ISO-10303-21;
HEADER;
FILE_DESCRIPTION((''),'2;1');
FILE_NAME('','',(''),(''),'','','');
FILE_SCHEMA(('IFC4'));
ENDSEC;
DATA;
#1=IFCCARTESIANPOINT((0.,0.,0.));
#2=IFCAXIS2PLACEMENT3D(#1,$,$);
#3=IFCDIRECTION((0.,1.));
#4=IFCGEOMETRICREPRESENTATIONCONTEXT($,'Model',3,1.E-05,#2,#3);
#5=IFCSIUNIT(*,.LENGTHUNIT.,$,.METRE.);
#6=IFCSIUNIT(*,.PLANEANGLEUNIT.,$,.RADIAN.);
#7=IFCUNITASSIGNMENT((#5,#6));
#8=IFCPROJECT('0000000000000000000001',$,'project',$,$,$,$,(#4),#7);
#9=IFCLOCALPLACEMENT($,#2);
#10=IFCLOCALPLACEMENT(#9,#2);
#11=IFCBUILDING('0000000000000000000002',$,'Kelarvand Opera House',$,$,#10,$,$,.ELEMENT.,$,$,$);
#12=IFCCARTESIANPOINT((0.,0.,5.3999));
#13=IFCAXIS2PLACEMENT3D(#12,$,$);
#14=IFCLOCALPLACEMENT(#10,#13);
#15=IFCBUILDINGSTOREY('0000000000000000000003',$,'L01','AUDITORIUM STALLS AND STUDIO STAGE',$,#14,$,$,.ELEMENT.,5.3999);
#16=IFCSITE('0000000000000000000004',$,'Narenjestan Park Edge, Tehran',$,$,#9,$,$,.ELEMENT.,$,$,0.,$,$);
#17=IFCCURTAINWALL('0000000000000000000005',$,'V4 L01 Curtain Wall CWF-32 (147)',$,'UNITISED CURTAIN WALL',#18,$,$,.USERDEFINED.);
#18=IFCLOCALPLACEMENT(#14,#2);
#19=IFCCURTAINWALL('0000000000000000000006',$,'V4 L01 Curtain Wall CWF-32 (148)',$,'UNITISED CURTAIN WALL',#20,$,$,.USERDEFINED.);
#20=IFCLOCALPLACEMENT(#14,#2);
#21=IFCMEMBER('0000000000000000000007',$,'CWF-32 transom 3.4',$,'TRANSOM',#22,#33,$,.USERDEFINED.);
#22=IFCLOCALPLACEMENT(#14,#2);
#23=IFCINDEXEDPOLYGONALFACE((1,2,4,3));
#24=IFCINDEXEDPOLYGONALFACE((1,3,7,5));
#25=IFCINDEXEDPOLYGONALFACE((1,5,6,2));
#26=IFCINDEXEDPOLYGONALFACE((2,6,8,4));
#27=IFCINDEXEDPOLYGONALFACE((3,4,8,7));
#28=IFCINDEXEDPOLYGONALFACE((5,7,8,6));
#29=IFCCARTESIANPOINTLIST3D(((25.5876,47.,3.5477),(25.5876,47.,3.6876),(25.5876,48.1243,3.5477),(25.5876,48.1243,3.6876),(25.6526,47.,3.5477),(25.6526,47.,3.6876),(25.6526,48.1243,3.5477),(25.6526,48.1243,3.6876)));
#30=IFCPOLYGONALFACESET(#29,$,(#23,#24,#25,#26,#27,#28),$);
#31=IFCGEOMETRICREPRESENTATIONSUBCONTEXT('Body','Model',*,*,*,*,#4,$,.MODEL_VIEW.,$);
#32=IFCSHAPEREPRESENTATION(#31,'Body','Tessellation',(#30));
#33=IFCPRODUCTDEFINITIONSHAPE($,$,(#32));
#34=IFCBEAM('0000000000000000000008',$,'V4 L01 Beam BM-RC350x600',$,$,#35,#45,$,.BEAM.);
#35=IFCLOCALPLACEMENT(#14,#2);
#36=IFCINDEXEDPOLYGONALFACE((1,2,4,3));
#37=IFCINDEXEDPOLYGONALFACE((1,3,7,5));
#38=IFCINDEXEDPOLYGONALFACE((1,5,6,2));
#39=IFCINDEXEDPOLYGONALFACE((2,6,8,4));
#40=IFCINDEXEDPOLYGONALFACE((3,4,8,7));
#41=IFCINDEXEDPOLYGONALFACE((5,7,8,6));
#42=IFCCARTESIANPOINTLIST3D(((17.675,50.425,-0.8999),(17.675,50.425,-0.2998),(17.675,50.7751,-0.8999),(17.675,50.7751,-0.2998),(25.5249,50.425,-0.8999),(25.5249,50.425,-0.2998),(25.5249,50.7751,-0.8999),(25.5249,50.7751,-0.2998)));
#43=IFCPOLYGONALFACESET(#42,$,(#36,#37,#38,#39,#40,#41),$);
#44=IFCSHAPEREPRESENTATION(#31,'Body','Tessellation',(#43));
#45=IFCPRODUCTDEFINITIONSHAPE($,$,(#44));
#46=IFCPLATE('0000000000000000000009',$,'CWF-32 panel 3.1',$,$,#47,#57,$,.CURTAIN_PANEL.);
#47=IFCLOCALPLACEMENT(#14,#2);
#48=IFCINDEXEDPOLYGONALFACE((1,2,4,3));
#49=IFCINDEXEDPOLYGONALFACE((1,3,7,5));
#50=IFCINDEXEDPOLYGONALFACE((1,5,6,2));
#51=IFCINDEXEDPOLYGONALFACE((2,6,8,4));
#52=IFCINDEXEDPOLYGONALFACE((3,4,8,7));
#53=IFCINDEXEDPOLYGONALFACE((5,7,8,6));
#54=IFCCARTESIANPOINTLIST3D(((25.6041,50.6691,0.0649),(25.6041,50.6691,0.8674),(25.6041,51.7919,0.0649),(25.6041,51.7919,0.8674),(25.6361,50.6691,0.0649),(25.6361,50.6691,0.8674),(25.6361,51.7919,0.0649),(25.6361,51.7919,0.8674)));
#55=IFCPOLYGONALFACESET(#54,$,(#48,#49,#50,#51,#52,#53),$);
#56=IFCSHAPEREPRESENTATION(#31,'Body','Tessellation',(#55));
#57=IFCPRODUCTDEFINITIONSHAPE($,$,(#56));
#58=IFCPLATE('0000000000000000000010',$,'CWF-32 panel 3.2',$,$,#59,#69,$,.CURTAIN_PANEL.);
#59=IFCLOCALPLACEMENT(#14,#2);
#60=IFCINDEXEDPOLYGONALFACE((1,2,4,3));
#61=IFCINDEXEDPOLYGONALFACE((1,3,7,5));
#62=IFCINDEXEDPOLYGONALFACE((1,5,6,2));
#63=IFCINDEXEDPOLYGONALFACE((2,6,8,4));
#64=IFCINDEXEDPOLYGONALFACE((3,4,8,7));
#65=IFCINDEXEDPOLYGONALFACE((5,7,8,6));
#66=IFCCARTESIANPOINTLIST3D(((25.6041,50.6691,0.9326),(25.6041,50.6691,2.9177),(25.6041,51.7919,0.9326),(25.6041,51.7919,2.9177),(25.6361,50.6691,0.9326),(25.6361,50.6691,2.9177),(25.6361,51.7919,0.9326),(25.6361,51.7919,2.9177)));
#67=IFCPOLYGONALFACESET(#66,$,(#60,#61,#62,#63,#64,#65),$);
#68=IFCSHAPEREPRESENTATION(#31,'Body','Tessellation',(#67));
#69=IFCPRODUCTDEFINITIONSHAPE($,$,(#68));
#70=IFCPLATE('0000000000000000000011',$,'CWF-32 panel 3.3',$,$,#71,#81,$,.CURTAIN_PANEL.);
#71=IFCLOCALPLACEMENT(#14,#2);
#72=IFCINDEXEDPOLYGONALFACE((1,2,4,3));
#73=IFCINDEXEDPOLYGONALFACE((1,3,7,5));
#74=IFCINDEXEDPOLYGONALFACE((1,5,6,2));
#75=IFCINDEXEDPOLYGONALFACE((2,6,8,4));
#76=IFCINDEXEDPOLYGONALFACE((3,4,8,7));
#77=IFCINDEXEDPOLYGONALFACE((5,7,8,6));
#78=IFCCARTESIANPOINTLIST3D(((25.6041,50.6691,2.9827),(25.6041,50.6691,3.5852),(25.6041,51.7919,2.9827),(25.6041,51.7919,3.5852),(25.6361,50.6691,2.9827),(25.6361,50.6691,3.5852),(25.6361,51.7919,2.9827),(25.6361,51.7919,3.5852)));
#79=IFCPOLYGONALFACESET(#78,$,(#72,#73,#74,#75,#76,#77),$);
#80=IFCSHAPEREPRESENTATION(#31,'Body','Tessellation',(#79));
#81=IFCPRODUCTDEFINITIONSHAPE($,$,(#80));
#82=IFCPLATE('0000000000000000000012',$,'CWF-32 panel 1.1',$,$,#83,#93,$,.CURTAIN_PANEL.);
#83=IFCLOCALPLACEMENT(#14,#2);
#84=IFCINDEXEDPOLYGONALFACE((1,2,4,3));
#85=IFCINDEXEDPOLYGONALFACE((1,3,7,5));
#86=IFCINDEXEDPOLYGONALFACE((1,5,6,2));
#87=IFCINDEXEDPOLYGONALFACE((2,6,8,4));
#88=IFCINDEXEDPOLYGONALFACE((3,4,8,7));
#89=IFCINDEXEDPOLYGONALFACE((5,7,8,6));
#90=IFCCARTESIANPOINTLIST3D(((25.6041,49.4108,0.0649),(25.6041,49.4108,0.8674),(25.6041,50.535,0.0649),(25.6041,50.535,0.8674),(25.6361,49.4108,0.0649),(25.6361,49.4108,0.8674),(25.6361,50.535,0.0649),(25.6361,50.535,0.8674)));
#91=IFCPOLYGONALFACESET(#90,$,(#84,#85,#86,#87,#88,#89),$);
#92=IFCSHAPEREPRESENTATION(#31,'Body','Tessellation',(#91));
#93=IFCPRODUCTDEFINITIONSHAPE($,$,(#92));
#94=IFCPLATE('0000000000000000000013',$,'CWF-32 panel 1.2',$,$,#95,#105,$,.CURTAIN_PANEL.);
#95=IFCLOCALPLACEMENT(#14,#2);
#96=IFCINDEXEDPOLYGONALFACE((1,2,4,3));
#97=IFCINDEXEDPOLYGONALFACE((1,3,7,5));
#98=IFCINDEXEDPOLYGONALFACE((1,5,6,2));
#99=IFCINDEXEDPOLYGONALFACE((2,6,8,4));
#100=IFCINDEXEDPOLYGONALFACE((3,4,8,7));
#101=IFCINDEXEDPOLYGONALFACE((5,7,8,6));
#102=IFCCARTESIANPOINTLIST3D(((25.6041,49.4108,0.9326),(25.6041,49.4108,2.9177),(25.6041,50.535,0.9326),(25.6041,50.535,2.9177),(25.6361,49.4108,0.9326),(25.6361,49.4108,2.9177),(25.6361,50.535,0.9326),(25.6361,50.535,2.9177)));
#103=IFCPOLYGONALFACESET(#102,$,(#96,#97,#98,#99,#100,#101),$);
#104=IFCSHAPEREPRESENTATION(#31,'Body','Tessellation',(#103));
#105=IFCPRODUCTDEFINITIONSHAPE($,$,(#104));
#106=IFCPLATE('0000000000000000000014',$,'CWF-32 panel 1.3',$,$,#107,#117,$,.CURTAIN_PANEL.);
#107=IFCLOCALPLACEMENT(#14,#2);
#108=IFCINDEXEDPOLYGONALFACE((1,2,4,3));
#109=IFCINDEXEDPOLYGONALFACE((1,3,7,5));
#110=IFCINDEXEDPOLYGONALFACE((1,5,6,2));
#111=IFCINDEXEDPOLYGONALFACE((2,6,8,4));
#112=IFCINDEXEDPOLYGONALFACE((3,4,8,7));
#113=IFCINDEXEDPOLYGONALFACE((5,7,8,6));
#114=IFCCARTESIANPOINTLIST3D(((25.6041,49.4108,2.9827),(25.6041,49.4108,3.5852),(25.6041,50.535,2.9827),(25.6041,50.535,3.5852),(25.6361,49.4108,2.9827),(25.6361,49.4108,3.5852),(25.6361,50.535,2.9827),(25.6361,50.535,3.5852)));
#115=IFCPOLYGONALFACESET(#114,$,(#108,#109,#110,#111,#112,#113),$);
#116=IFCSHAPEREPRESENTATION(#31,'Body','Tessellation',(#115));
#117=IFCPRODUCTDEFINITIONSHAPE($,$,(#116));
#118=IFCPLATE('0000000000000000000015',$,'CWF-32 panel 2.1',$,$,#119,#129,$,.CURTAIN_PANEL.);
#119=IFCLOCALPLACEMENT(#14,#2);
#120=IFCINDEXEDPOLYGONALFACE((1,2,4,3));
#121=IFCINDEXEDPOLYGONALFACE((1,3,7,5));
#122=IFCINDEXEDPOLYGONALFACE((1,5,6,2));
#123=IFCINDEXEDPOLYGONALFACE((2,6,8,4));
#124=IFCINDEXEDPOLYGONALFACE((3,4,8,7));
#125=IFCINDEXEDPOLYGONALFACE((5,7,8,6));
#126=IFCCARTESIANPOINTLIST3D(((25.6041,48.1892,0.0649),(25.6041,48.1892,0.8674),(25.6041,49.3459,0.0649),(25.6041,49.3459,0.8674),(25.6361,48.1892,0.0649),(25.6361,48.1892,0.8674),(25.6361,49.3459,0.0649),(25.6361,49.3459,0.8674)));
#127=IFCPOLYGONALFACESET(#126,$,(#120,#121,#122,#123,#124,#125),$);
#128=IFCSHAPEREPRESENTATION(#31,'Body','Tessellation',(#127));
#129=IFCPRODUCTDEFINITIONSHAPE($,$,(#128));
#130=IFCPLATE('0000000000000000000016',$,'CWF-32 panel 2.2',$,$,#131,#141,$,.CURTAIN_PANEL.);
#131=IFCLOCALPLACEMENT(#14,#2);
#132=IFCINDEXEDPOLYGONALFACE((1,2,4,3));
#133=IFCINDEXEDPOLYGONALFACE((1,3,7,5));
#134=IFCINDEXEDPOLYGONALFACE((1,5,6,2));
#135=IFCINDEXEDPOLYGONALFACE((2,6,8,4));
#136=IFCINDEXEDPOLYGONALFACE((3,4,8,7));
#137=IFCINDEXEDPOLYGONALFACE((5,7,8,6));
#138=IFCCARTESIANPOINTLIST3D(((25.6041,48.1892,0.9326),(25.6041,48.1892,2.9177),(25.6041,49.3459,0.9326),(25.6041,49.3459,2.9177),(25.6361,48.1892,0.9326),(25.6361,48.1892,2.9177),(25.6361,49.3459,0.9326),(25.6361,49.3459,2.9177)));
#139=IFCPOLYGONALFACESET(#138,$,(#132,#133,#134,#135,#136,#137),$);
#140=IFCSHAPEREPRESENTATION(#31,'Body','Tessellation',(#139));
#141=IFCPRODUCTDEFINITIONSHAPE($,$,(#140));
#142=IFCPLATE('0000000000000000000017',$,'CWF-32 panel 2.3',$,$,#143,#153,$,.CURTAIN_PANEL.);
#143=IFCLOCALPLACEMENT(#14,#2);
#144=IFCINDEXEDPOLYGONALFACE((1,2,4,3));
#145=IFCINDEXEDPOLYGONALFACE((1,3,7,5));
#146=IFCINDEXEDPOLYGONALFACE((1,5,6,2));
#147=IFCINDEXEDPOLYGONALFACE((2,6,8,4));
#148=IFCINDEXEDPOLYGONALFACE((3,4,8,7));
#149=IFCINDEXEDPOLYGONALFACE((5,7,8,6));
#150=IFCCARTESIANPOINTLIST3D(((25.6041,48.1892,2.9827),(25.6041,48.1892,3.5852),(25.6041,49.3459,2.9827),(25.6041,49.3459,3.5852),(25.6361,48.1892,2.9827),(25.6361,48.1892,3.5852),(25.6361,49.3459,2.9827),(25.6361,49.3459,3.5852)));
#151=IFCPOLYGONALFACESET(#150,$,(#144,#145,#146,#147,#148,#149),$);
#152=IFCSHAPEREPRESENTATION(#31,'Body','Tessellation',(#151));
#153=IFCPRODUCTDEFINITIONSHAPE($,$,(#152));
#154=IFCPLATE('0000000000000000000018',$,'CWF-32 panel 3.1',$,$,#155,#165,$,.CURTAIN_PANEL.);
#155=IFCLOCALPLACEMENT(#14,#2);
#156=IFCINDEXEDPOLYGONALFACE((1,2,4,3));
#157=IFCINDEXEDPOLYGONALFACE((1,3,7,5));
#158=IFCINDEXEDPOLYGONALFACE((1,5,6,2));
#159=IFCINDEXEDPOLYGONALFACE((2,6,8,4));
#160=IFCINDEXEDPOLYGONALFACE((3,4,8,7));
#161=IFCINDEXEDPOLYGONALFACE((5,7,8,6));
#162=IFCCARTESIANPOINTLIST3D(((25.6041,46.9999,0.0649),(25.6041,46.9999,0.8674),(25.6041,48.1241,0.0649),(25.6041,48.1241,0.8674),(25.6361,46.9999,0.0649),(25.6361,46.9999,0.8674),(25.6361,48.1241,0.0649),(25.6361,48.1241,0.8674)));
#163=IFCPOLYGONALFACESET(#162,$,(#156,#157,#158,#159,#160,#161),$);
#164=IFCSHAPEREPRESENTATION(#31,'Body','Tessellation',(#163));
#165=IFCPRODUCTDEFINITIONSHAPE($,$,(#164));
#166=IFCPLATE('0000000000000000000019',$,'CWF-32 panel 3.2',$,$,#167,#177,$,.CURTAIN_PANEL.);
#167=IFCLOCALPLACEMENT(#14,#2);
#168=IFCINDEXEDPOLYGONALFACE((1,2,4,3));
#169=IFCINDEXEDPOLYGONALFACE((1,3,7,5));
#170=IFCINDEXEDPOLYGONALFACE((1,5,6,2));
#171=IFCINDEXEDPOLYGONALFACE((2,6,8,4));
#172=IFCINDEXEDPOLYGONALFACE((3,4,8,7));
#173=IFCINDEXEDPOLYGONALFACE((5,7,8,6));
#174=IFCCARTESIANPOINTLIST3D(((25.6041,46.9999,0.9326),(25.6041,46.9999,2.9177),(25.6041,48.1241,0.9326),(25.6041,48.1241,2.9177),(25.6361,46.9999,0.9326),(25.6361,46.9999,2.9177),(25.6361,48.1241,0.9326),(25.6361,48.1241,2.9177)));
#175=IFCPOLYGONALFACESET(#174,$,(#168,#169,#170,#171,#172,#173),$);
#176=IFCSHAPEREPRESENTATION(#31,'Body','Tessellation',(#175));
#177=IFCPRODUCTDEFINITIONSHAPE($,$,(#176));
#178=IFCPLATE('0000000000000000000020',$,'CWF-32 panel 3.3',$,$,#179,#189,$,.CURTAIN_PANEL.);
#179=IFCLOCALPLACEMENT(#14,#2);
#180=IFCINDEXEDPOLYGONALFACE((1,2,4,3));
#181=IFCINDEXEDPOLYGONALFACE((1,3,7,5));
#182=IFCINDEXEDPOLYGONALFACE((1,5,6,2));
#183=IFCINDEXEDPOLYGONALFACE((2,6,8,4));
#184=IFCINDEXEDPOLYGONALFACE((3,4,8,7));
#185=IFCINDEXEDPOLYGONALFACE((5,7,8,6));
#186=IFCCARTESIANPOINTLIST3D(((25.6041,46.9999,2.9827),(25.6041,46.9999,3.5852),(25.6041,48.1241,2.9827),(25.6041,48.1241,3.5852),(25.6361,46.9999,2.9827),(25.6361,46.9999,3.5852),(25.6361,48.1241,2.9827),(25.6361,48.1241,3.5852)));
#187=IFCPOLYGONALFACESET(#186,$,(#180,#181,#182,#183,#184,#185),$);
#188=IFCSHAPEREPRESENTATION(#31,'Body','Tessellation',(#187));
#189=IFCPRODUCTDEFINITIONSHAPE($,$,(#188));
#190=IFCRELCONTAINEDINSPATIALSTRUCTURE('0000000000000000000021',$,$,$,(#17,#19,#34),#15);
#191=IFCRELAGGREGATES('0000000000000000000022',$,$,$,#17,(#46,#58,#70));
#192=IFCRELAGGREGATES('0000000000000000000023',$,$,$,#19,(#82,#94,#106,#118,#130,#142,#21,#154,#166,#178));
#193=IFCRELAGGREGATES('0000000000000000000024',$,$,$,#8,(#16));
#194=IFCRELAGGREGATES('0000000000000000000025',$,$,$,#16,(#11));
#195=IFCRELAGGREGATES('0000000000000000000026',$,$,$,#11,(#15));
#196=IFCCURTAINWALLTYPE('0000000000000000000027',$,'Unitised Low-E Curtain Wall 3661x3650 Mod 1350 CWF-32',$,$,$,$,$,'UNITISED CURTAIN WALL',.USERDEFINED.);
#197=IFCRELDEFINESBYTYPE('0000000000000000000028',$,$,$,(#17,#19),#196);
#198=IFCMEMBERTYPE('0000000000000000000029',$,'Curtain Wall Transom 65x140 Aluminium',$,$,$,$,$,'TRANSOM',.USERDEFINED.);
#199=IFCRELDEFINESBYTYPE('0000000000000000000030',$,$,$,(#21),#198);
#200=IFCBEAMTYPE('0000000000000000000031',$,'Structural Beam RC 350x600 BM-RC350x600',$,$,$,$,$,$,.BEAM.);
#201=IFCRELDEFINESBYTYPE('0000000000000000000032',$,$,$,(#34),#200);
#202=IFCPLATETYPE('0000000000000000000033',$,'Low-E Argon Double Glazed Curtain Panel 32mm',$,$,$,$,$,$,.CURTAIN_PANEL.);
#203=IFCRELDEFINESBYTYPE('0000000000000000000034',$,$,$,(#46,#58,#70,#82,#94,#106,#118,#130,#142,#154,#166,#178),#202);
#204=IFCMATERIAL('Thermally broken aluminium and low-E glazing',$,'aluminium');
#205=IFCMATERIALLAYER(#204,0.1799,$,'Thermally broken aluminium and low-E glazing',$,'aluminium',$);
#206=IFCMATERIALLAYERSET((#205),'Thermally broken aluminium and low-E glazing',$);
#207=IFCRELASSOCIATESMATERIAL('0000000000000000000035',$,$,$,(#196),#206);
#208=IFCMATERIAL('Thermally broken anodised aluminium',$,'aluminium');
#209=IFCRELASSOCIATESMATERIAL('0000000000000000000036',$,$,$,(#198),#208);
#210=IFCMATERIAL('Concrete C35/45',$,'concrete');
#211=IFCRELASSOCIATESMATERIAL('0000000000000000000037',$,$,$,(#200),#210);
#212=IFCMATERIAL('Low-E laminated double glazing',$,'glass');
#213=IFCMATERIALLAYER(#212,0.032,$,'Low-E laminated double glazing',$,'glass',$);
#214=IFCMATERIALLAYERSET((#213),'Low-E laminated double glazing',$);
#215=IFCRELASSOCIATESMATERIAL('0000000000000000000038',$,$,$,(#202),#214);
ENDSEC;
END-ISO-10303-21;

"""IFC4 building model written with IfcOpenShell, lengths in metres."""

from ifc_helpers import new_model, si_unit, direction, frame, origin, origin_2d, place, context, subcontext, project, spatial, rectangle, extrude, material, layer, layer_set, material_profile, profile_set, type_object, element, aggregate, save


model = new_model("IFC4")

# Units and contexts
model_context = context("Model", 3, precision=1e-05, world=origin(), true_north=direction((0.0, 1.0)))
body_context = subcontext(model_context, "Body", "Model", "MODEL_VIEW")
ifc_project = project(units=[si_unit("LENGTHUNIT", "METRE"), si_unit("PLANEANGLEUNIT", "RADIAN")], contexts=[model_context])

# Site, building, storey
site_placement = place(None, origin())
site = spatial("IfcSite", under=ifc_project, at=site_placement, Name="Narenjestan Park Edge, Tehran", CompositionType="ELEMENT", RefElevation=0.0)
building_placement = place(site_placement, origin())
building = spatial("IfcBuilding", under=site, at=building_placement, Name="Kelarvand Opera House", CompositionType="ELEMENT")
storey_placement = place(building_placement, frame((0.0, 0.0, 5.3999)))
storey = spatial("IfcBuildingStorey", under=building, at=storey_placement, Name="L01", Description="AUDITORIUM STALLS AND STUDIO STAGE", CompositionType="ELEMENT", Elevation=5.3999)

# Curtain wall
ifc_material_1 = material(Name="Thermally broken aluminium and low-E glazing", Category="aluminium")
ifc_layer_1 = layer(ifc_material_1, 0.1799, Name="Thermally broken aluminium and low-E glazing", Category="aluminium")
ifc_layer_set_1 = layer_set([ifc_layer_1], Name="Thermally broken aluminium and low-E glazing")
curtain_wall_type = type_object("IfcCurtainWallType", Name="Unitised Low-E Curtain Wall 3661x3650 Mod 1350 CWF-32", ElementType="UNITISED CURTAIN WALL", PredefinedType="USERDEFINED", material=ifc_layer_set_1)
curtain_wall_1_placement = place(storey_placement, origin())
curtain_wall_1 = element("IfcCurtainWall", 1, at=curtain_wall_1_placement, inside=storey, type_object=curtain_wall_type, Name="V4 L01 Curtain Wall CWF-32 (147)", ObjectType="UNITISED CURTAIN WALL", PredefinedType="USERDEFINED")
ifc_material_2 = material(Name="Thermally broken anodised aluminium", Category="aluminium")

# Curtain wall, member
curtain_wall_2_placement = place(storey_placement, origin())
curtain_wall_2 = element("IfcCurtainWall", 2, at=curtain_wall_2_placement, inside=storey, type_object=curtain_wall_type, Name="V4 L01 Curtain Wall CWF-32 (148)", ObjectType="UNITISED CURTAIN WALL", PredefinedType="USERDEFINED")
ifc_material_profile_1 = material_profile(ifc_material_2, rectangle(XDim=0.0649, YDim=0.1399, at=origin_2d()), Name="ALU TRANSOM 65x140", Category="aluminium")
ifc_profile_set_1 = profile_set([ifc_material_profile_1], Name="Thermally broken anodised aluminium")
member_type_1 = type_object("IfcMemberType", Name="Curtain Wall Transom 65x140 Aluminium", ElementType="TRANSOM", PredefinedType="USERDEFINED", material=ifc_profile_set_1)
member_1_placement = place(storey_placement, frame((25.6201, 48.1243, 3.6177), z_axis=(0.0, -1.0, 0.0), x_axis=(1.0, 0.0, 0.0)))
member_1 = element("IfcMember", 3, at=member_1_placement, type_object=member_type_1, Name="CWF-32 transom 3.4", ObjectType="TRANSOM", PredefinedType="USERDEFINED", context=body_context, shape_type="SweptSolid", body=[
    extrude(rectangle(XDim=0.0649, YDim=0.1399, at=origin_2d()), origin(), (0.0, 0.0, 1.0), 1.1243),
])

# Beam
ifc_material_3 = material(Name="Concrete C35/45", Category="concrete")
ifc_material_profile_2 = material_profile(ifc_material_3, rectangle(XDim=0.3501, YDim=0.6001, at=origin_2d()), Name="RC 350x600", Category="concrete")
ifc_profile_set_2 = profile_set([ifc_material_profile_2], Name="Concrete C35/45")
beam_type = type_object("IfcBeamType", Name="Structural Beam RC 350x600 BM-RC350x600", PredefinedType="BEAM", material=ifc_profile_set_2)
beam_placement = place(storey_placement, frame((17.675, 50.6001, -0.5999), z_axis=(1.0, 0.0, 0.0), x_axis=(0.0, 1.0, 0.0)))
element("IfcBeam", 4, at=beam_placement, inside=storey, type_object=beam_type, Name="V4 L01 Beam BM-RC350x600", PredefinedType="BEAM", context=body_context, shape_type="SweptSolid", body=[
    extrude(rectangle(XDim=0.3501, YDim=0.6001, at=origin_2d()), origin(), (0.0, 0.0, 1.0), 7.8499),
])

# Plates
ifc_material_4 = material(Name="Low-E laminated double glazing", Category="glass")
ifc_layer_2 = layer(ifc_material_4, 0.032, Name="Low-E laminated double glazing", Category="glass")
ifc_layer_set_2 = layer_set([ifc_layer_2], Name="Low-E laminated double glazing")
plate_type = type_object("IfcPlateType", Name="Low-E Argon Double Glazed Curtain Panel 32mm", PredefinedType="CURTAIN_PANEL", material=ifc_layer_set_2)
plate_1_placement = place(storey_placement, frame((25.6201, 51.2305, 0.0649), z_axis=(0.0, 0.0, 1.0), x_axis=(0.0, -1.0, 0.0)))
plate_1 = element("IfcPlate", 5, at=plate_1_placement, type_object=plate_type, Name="CWF-32 panel 3.1", PredefinedType="CURTAIN_PANEL", context=body_context, shape_type="SweptSolid", body=[
    extrude(rectangle(XDim=1.1228, YDim=0.032, at=origin_2d()), origin(), (0.0, 0.0, 1.0), 0.8025),
])
plate_2_placement = place(storey_placement, frame((25.6201, 51.2305, 0.9326), z_axis=(0.0, 0.0, 1.0), x_axis=(0.0, -1.0, 0.0)))
plate_2 = element("IfcPlate", 6, at=plate_2_placement, type_object=plate_type, Name="CWF-32 panel 3.2", PredefinedType="CURTAIN_PANEL", context=body_context, shape_type="SweptSolid", body=[
    extrude(rectangle(XDim=1.1228, YDim=0.032, at=origin_2d()), origin(), (0.0, 0.0, 1.0), 1.9851),
])
plate_3_placement = place(storey_placement, frame((25.6201, 51.2305, 2.9827), z_axis=(0.0, 0.0, 1.0), x_axis=(0.0, -1.0, 0.0)))
plate_3 = element("IfcPlate", 7, at=plate_3_placement, type_object=plate_type, Name="CWF-32 panel 3.3", PredefinedType="CURTAIN_PANEL", context=body_context, shape_type="SweptSolid", body=[
    extrude(rectangle(XDim=1.1228, YDim=0.032, at=origin_2d()), origin(), (0.0, 0.0, 1.0), 0.6025),
])
aggregate(curtain_wall_1, [plate_1, plate_2, plate_3])
plate_4_placement = place(storey_placement, frame((25.6201, 49.9729, 0.0649), z_axis=(0.0, 0.0, 1.0), x_axis=(0.0, -1.0, 0.0)))
plate_4 = element("IfcPlate", 8, at=plate_4_placement, type_object=plate_type, Name="CWF-32 panel 1.1", PredefinedType="CURTAIN_PANEL", context=body_context, shape_type="SweptSolid", body=[
    extrude(rectangle(XDim=1.1243, YDim=0.032, at=origin_2d()), origin(), (0.0, 0.0, 1.0), 0.8025),
])
plate_5_placement = place(storey_placement, frame((25.6201, 49.9729, 0.9326), z_axis=(0.0, 0.0, 1.0), x_axis=(0.0, -1.0, 0.0)))
plate_5 = element("IfcPlate", 9, at=plate_5_placement, type_object=plate_type, Name="CWF-32 panel 1.2", PredefinedType="CURTAIN_PANEL", context=body_context, shape_type="SweptSolid", body=[
    extrude(rectangle(XDim=1.1243, YDim=0.032, at=origin_2d()), origin(), (0.0, 0.0, 1.0), 1.9851),
])
plate_6_placement = place(storey_placement, frame((25.6201, 49.9729, 2.9827), z_axis=(0.0, 0.0, 1.0), x_axis=(0.0, -1.0, 0.0)))
plate_6 = element("IfcPlate", 10, at=plate_6_placement, type_object=plate_type, Name="CWF-32 panel 1.3", PredefinedType="CURTAIN_PANEL", context=body_context, shape_type="SweptSolid", body=[
    extrude(rectangle(XDim=1.1243, YDim=0.032, at=origin_2d()), origin(), (0.0, 0.0, 1.0), 0.6025),
])
plate_7_placement = place(storey_placement, frame((25.6201, 48.7676, 0.0649), z_axis=(0.0, 0.0, 1.0), x_axis=(0.0, -1.0, 0.0)))
plate_7 = element("IfcPlate", 11, at=plate_7_placement, type_object=plate_type, Name="CWF-32 panel 2.1", PredefinedType="CURTAIN_PANEL", context=body_context, shape_type="SweptSolid", body=[
    extrude(rectangle(XDim=1.1567, YDim=0.032, at=origin_2d()), origin(), (0.0, 0.0, 1.0), 0.8025),
])
plate_8_placement = place(storey_placement, frame((25.6201, 48.7676, 0.9326), z_axis=(0.0, 0.0, 1.0), x_axis=(0.0, -1.0, 0.0)))
plate_8 = element("IfcPlate", 12, at=plate_8_placement, type_object=plate_type, Name="CWF-32 panel 2.2", PredefinedType="CURTAIN_PANEL", context=body_context, shape_type="SweptSolid", body=[
    extrude(rectangle(XDim=1.1567, YDim=0.032, at=origin_2d()), origin(), (0.0, 0.0, 1.0), 1.9851),
])
plate_9_placement = place(storey_placement, frame((25.6201, 48.7676, 2.9827), z_axis=(0.0, 0.0, 1.0), x_axis=(0.0, -1.0, 0.0)))
plate_9 = element("IfcPlate", 13, at=plate_9_placement, type_object=plate_type, Name="CWF-32 panel 2.3", PredefinedType="CURTAIN_PANEL", context=body_context, shape_type="SweptSolid", body=[
    extrude(rectangle(XDim=1.1567, YDim=0.032, at=origin_2d()), origin(), (0.0, 0.0, 1.0), 0.6025),
])
plate_10_placement = place(storey_placement, frame((25.6201, 47.562, 0.0649), z_axis=(0.0, 0.0, 1.0), x_axis=(0.0, -1.0, 0.0)))
plate_10 = element("IfcPlate", 14, at=plate_10_placement, type_object=plate_type, Name="CWF-32 panel 3.1", PredefinedType="CURTAIN_PANEL", context=body_context, shape_type="SweptSolid", body=[
    extrude(rectangle(XDim=1.1243, YDim=0.032, at=origin_2d()), origin(), (0.0, 0.0, 1.0), 0.8025),
])
plate_11_placement = place(storey_placement, frame((25.6201, 47.562, 0.9326), z_axis=(0.0, 0.0, 1.0), x_axis=(0.0, -1.0, 0.0)))
plate_11 = element("IfcPlate", 15, at=plate_11_placement, type_object=plate_type, Name="CWF-32 panel 3.2", PredefinedType="CURTAIN_PANEL", context=body_context, shape_type="SweptSolid", body=[
    extrude(rectangle(XDim=1.1243, YDim=0.032, at=origin_2d()), origin(), (0.0, 0.0, 1.0), 1.9851),
])
plate_12_placement = place(storey_placement, frame((25.6201, 47.562, 2.9827), z_axis=(0.0, 0.0, 1.0), x_axis=(0.0, -1.0, 0.0)))
plate_12 = element("IfcPlate", 16, at=plate_12_placement, type_object=plate_type, Name="CWF-32 panel 3.3", PredefinedType="CURTAIN_PANEL", context=body_context, shape_type="SweptSolid", body=[
    extrude(rectangle(XDim=1.1243, YDim=0.032, at=origin_2d()), origin(), (0.0, 0.0, 1.0), 0.6025),
])
aggregate(curtain_wall_2, [plate_4, plate_5, plate_6, plate_7, plate_8, plate_9, member_1, plate_10, plate_11, plate_12])

save(model, "model.ifc")
